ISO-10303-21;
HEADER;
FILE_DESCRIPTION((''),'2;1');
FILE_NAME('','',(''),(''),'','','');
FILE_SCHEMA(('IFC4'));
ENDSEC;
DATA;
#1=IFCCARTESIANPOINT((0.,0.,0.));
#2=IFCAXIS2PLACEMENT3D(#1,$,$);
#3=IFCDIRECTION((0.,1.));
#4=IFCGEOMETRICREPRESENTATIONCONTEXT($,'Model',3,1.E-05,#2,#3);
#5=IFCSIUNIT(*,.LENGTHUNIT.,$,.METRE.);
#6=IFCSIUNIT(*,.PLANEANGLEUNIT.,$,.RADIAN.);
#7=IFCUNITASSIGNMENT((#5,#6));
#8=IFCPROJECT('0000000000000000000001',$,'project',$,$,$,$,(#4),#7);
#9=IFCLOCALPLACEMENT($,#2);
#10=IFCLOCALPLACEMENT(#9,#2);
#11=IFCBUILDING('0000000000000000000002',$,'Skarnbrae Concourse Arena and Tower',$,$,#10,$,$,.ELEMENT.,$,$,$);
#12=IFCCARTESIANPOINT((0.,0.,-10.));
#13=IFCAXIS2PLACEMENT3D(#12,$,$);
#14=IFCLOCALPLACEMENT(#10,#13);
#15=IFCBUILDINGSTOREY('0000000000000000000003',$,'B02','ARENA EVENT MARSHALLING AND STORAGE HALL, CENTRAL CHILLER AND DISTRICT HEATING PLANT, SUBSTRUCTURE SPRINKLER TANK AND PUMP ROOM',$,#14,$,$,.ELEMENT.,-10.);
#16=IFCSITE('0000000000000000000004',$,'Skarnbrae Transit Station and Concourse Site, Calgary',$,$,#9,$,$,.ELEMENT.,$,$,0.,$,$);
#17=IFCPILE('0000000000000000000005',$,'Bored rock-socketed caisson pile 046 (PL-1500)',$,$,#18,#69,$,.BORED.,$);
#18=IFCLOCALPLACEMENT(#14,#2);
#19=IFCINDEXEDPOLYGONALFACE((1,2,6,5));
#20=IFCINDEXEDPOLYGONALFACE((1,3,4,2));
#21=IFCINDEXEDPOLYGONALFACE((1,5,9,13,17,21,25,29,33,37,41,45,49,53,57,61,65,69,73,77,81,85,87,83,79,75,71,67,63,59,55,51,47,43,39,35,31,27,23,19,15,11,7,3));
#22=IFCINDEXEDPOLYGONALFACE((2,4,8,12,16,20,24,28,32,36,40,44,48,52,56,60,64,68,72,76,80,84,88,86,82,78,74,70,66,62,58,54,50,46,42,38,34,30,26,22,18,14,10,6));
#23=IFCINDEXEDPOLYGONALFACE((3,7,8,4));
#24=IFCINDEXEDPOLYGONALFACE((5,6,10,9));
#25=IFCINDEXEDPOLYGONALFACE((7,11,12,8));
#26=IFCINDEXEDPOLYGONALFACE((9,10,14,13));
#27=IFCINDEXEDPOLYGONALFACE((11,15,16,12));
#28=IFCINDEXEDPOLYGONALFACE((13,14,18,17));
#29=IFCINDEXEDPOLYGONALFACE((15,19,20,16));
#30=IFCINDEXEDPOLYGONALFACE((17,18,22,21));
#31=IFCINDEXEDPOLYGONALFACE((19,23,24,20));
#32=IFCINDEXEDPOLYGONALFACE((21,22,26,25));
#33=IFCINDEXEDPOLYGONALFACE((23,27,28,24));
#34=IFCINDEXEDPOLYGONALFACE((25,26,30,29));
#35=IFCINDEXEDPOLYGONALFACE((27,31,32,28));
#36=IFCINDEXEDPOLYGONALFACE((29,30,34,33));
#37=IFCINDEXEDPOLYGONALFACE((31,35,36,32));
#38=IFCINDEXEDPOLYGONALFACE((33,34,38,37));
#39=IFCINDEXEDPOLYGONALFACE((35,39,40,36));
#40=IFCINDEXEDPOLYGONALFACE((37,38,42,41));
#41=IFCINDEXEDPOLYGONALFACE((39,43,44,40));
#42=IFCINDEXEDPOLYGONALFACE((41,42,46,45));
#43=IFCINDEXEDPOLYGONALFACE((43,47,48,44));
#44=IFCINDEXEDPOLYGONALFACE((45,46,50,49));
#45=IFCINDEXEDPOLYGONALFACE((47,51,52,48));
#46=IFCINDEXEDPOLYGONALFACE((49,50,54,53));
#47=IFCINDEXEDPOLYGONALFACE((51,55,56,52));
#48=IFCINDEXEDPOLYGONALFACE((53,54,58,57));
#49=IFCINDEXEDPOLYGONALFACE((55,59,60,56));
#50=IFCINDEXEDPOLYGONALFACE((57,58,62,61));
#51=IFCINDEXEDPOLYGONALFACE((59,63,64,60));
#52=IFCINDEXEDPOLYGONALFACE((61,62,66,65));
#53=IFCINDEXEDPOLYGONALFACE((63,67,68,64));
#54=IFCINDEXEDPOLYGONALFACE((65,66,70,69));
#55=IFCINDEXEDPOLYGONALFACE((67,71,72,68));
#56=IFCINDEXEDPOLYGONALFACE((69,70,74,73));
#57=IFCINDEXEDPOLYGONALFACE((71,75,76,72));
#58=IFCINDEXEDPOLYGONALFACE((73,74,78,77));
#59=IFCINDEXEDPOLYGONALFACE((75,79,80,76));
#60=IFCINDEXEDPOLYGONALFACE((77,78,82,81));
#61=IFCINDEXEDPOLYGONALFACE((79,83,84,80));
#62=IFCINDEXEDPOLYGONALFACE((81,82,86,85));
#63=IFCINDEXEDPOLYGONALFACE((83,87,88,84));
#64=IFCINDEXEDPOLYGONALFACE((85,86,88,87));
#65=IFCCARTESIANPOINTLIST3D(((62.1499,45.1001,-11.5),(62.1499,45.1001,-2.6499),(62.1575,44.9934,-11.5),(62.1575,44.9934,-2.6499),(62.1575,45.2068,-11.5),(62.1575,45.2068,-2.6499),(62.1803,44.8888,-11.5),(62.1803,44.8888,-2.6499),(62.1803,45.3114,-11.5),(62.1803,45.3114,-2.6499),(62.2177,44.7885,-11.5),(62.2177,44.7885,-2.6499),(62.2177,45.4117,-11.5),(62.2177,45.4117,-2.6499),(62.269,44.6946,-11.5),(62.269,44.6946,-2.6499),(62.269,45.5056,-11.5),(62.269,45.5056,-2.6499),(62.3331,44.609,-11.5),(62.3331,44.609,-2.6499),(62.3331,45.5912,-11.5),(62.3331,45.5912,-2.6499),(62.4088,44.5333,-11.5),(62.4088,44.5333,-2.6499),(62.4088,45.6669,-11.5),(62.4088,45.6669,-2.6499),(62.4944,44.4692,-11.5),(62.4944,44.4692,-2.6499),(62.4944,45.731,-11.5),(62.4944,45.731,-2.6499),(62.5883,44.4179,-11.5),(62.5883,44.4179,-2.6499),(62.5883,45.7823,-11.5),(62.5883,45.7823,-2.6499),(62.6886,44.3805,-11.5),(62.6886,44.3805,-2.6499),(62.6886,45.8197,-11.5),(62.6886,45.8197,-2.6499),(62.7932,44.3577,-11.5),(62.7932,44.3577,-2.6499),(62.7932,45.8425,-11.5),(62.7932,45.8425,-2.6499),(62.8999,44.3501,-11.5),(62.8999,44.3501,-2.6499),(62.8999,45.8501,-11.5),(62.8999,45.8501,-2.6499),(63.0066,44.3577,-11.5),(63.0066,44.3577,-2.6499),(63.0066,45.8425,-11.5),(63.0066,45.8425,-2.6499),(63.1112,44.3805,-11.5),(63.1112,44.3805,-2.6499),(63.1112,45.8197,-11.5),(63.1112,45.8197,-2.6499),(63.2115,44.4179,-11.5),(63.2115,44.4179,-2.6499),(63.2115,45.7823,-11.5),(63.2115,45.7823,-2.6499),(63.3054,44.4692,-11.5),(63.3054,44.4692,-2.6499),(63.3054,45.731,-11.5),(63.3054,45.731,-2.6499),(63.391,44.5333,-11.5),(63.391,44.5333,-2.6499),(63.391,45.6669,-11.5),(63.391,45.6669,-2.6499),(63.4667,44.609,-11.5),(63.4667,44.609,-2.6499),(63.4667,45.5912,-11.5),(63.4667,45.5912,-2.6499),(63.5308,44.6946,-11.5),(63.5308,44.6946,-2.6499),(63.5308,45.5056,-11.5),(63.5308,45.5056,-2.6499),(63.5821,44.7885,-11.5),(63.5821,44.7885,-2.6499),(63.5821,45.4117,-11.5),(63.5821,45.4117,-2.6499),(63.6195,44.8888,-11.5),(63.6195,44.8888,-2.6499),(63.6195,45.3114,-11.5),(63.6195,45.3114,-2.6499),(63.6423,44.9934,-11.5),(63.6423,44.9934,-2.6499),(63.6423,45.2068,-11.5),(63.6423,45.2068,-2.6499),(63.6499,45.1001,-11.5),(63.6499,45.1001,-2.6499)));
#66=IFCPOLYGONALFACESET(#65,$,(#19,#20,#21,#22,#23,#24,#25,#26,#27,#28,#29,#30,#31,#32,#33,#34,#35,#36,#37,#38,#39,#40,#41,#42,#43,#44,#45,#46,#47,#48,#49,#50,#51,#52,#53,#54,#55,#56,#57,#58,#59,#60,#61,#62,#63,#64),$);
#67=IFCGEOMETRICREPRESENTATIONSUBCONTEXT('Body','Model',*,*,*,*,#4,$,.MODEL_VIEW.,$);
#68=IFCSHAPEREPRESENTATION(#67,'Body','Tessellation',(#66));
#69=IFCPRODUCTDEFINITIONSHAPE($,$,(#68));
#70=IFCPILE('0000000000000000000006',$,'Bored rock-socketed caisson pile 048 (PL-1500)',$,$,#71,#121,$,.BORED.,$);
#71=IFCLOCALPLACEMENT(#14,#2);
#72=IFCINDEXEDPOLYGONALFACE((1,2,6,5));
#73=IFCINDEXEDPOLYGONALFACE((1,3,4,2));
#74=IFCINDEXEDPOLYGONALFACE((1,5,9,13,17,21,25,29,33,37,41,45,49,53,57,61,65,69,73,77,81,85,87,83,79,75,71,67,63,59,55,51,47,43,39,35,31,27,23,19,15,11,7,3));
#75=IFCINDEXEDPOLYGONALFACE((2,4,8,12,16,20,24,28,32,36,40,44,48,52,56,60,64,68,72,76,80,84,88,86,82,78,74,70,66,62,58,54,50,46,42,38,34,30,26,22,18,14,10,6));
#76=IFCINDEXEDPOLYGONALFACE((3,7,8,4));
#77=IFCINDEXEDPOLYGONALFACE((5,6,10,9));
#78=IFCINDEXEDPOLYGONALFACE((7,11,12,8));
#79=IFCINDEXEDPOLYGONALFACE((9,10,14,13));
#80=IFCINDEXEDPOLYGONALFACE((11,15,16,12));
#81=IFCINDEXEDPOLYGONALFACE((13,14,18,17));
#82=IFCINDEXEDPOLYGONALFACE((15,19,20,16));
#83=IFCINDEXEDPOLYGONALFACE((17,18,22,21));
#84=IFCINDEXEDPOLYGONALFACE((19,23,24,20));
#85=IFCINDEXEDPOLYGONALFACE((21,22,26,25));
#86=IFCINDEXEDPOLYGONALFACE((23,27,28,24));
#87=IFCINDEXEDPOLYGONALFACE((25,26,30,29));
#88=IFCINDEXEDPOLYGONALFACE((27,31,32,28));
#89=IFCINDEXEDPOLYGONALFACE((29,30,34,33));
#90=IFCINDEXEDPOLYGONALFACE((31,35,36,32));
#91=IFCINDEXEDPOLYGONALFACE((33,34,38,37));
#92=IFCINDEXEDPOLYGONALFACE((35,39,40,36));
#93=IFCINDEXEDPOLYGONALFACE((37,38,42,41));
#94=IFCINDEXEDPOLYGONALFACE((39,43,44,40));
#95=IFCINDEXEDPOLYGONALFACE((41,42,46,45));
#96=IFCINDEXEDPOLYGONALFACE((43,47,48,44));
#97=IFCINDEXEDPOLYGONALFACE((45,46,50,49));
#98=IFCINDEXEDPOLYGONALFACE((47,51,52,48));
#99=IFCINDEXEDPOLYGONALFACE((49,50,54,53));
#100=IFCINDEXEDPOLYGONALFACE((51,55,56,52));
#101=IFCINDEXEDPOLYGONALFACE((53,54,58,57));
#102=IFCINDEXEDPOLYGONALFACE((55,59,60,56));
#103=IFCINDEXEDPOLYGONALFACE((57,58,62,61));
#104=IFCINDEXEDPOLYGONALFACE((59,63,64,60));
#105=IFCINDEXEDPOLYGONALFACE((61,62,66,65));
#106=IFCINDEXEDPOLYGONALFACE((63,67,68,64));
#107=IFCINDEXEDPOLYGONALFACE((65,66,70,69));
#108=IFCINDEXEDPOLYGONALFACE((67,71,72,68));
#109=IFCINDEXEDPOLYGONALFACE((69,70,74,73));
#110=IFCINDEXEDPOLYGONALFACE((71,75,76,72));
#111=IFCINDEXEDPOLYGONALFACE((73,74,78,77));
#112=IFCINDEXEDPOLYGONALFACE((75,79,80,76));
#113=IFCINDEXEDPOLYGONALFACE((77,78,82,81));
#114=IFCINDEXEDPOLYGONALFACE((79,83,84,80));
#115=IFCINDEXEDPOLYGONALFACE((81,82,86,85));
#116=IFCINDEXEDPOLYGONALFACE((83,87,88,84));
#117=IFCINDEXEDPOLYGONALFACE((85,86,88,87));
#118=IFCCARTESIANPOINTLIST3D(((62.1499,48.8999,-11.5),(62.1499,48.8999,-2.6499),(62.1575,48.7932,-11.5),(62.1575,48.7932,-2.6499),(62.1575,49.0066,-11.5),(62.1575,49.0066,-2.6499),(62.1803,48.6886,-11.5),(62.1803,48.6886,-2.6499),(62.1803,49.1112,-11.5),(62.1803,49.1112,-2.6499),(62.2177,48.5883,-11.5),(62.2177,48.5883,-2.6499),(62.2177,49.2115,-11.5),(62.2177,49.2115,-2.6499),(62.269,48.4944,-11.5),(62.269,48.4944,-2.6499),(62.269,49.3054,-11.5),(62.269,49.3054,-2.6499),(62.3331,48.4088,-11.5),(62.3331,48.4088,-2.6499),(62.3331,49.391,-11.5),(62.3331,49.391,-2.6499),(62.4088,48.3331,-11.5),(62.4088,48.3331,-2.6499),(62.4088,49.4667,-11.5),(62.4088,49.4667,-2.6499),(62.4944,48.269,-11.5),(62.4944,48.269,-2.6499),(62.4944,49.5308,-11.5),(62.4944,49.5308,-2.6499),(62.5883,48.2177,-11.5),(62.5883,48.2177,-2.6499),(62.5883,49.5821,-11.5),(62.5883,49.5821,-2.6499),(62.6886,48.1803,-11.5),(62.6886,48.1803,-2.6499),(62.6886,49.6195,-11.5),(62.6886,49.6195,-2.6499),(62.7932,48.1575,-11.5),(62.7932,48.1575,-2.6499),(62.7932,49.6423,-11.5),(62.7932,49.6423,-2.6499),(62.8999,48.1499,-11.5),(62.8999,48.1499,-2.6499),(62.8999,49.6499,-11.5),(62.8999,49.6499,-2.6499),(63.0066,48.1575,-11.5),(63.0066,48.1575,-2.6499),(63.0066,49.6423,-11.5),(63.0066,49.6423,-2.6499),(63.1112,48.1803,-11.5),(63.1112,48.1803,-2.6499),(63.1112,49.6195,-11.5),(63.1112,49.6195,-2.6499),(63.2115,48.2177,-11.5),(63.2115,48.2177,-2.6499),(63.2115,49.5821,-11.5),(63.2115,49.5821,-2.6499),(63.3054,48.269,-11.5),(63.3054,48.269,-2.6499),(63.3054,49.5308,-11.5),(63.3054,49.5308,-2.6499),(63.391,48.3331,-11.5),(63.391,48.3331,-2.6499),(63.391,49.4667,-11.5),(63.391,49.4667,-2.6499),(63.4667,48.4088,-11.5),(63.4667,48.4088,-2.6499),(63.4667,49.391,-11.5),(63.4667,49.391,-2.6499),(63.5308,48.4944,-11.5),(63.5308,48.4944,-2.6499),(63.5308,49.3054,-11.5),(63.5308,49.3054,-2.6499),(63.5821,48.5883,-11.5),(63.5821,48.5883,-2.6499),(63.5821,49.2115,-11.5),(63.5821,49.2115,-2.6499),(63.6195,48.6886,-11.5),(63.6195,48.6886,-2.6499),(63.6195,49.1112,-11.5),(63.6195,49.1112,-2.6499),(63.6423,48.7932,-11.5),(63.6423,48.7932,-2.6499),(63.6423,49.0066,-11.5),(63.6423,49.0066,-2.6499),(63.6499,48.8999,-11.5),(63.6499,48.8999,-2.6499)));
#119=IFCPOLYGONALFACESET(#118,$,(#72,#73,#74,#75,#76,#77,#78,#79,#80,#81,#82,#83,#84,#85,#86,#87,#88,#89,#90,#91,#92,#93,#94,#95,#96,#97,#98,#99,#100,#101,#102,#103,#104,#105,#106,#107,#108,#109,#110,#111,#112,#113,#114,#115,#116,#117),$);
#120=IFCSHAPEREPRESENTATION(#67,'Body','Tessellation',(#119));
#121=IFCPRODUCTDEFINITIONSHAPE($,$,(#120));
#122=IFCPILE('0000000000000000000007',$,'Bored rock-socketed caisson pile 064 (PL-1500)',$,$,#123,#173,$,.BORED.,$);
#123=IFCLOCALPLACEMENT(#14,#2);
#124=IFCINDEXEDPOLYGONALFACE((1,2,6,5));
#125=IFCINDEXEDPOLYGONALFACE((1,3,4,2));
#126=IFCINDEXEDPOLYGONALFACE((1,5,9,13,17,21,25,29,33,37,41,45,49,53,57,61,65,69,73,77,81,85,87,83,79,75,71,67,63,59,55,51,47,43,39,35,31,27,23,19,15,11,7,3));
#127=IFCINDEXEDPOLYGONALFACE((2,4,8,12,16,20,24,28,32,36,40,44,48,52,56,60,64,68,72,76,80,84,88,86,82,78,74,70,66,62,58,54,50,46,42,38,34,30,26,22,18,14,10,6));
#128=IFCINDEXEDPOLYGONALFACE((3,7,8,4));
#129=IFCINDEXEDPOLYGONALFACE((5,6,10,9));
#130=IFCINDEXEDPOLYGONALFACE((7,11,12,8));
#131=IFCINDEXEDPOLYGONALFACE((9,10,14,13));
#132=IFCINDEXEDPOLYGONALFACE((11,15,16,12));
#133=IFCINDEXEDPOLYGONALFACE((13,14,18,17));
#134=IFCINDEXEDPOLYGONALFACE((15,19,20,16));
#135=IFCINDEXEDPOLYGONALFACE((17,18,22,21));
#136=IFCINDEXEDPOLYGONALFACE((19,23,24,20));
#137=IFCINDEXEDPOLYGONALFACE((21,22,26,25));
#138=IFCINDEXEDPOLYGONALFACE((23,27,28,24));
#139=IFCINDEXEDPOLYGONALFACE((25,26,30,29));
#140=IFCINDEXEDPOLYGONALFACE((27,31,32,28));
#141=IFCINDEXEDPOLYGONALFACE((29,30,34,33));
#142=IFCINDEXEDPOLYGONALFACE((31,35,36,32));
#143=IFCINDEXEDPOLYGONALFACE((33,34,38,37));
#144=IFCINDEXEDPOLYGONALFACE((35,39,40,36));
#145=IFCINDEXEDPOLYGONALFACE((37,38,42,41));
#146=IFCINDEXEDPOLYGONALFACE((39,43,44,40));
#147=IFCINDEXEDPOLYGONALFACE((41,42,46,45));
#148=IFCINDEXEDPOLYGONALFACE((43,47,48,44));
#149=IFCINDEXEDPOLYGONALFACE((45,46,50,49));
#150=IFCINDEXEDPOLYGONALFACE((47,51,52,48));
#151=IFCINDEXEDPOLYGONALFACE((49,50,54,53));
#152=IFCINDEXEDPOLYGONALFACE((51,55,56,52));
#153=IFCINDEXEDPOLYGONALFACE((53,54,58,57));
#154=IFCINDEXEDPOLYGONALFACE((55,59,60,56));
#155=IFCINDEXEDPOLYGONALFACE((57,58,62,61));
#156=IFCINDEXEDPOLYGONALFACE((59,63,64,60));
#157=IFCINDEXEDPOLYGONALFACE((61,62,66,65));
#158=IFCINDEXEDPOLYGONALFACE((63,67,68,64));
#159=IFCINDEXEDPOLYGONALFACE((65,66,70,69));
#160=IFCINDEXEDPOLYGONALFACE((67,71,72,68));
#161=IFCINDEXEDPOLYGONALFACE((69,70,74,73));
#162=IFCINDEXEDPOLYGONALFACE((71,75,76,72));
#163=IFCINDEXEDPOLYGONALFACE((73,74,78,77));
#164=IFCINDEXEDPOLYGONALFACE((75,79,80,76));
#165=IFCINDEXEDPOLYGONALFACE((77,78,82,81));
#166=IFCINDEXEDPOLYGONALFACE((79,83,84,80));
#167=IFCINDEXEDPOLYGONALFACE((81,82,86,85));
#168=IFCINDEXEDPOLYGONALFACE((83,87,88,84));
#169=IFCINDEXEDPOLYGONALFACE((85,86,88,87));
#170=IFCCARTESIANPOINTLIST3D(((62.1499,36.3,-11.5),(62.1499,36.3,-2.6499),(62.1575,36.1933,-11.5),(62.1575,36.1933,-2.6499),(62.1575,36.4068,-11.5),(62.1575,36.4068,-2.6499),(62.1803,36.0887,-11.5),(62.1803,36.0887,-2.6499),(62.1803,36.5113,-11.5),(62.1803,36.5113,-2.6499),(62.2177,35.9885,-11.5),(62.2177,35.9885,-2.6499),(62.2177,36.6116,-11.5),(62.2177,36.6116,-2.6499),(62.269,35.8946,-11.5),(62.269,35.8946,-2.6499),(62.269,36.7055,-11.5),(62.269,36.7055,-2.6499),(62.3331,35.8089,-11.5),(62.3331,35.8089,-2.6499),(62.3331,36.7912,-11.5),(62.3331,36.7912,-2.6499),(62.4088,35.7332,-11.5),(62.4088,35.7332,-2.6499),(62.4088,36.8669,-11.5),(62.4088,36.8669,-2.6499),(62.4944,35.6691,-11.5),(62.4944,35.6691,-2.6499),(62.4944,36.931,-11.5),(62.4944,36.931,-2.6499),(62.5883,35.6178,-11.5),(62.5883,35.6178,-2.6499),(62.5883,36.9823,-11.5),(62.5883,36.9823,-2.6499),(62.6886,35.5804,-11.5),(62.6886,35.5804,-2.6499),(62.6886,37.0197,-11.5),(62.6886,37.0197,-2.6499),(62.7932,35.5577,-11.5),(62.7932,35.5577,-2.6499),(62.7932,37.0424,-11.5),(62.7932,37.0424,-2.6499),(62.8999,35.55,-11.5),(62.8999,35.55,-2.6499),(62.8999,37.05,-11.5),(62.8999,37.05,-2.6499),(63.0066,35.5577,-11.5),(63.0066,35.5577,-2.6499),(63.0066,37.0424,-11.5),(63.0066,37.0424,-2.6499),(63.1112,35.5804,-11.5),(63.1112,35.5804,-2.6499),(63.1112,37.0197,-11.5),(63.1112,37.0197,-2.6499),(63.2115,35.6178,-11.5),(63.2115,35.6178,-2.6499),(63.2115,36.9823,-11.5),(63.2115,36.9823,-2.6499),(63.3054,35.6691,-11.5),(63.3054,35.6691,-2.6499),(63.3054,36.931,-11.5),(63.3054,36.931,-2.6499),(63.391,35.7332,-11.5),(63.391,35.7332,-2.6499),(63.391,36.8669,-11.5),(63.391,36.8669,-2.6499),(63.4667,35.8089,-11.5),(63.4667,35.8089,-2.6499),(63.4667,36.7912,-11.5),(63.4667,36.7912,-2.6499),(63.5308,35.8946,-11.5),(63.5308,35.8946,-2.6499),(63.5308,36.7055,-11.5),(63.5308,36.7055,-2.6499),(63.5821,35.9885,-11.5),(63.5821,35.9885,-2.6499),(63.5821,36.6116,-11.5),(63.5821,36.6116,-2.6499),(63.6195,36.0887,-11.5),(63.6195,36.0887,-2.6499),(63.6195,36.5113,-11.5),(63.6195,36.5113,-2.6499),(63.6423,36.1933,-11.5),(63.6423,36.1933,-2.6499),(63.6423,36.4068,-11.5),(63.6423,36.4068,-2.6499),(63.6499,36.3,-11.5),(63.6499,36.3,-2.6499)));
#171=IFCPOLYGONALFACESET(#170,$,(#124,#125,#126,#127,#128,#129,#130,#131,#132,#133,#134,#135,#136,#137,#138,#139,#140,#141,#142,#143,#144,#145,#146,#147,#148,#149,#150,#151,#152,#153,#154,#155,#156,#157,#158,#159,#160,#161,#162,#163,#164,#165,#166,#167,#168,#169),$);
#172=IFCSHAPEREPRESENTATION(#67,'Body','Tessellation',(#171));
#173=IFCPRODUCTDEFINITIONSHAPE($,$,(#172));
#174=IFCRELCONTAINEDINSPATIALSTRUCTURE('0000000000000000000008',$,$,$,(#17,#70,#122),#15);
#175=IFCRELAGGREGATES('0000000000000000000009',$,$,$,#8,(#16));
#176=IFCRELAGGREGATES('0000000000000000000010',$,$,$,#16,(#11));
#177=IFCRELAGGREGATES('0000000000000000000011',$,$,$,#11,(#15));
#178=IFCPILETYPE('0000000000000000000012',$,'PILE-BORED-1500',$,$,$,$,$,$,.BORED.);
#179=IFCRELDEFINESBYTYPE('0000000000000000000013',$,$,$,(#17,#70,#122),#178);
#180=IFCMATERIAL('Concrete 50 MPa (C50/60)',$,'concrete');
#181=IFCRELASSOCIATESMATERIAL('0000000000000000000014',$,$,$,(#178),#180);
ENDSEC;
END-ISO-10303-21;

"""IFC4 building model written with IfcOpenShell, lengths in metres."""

from ifc_helpers import new_model, si_unit, direction, frame, origin, origin_2d, place, context, subcontext, project, spatial, circle, extrude, source, transform, mapped, material, material_profile, profile_set, type_object, element, save


model = new_model("IFC4")

# Units and contexts
model_context = context("Model", 3, precision=1e-05, world=origin(), true_north=direction((0.0, 1.0)))
body_context = subcontext(model_context, "Body", "Model", "MODEL_VIEW")
ifc_project = project(units=[si_unit("LENGTHUNIT", "METRE"), si_unit("PLANEANGLEUNIT", "RADIAN")], contexts=[model_context])

# Site, building, storey
site_placement = place(None, origin())
site = spatial("IfcSite", under=ifc_project, at=site_placement, Name="Skarnbrae Transit Station and Concourse Site, Calgary", CompositionType="ELEMENT", RefElevation=0.0)
building_placement = place(site_placement, origin())
building = spatial("IfcBuilding", under=site, at=building_placement, Name="Skarnbrae Concourse Arena and Tower", CompositionType="ELEMENT")
storey_placement = place(building_placement, frame((0.0, 0.0, -10.0)))
storey = spatial("IfcBuildingStorey", under=building, at=storey_placement, Name="B02", Description="ARENA EVENT MARSHALLING AND STORAGE HALL, CENTRAL CHILLER AND DISTRICT HEATING PLANT, SUBSTRUCTURE SPRINKLER TANK AND PUMP ROOM", CompositionType="ELEMENT", Elevation=-10.0)

# Piles
ifc_material_1 = material(Name="Concrete 50 MPa (C50/60)", Category="concrete")
ifc_material_profile_1 = material_profile(ifc_material_1, circle(Radius=0.75, at=origin_2d()), Name="CAISSON-1500")
ifc_profile_set_1 = profile_set([ifc_material_profile_1], Name="Concrete 50 MPa (C50/60)")
pile_type_1 = type_object("IfcPileType", Name="PILE-BORED-1500", PredefinedType="BORED", material=ifc_profile_set_1)
shared_shape_1 = source(origin(), body_context, "Body", "SweptSolid", [
    extrude(circle(Radius=0.75, at=origin_2d()), origin(), (0.0, 0.0, 1.0), 8.8501),
])
for number, where, z_axis, x_axis, name in (
    (1, (62.8999, 45.1001, -2.6499), (0.0, 0.0, -1.0), (1.0, 0.0, 0.0), "Bored rock-socketed caisson pile 046 (PL-1500)"),
    (2, (62.8999, 48.8999, -2.6499), (0.0, 0.0, -1.0), (1.0, 0.0, 0.0), "Bored rock-socketed caisson pile 048 (PL-1500)"),
    (3, (62.8999, 36.3, -2.6499), (0.0, 0.0, -1.0), (1.0, 0.0, 0.0), "Bored rock-socketed caisson pile 064 (PL-1500)"),
):
    element("IfcPile", number, at=place(storey_placement, frame(where, z_axis=z_axis, x_axis=x_axis)), inside=storey, type_object=pile_type_1, Name=name, PredefinedType="BORED", context=body_context, shape_type="MappedRepresentation", body=[
        mapped(shared_shape_1, transform((0.0, 0.0, 0.0))),
    ])

save(model, "model.ifc")
